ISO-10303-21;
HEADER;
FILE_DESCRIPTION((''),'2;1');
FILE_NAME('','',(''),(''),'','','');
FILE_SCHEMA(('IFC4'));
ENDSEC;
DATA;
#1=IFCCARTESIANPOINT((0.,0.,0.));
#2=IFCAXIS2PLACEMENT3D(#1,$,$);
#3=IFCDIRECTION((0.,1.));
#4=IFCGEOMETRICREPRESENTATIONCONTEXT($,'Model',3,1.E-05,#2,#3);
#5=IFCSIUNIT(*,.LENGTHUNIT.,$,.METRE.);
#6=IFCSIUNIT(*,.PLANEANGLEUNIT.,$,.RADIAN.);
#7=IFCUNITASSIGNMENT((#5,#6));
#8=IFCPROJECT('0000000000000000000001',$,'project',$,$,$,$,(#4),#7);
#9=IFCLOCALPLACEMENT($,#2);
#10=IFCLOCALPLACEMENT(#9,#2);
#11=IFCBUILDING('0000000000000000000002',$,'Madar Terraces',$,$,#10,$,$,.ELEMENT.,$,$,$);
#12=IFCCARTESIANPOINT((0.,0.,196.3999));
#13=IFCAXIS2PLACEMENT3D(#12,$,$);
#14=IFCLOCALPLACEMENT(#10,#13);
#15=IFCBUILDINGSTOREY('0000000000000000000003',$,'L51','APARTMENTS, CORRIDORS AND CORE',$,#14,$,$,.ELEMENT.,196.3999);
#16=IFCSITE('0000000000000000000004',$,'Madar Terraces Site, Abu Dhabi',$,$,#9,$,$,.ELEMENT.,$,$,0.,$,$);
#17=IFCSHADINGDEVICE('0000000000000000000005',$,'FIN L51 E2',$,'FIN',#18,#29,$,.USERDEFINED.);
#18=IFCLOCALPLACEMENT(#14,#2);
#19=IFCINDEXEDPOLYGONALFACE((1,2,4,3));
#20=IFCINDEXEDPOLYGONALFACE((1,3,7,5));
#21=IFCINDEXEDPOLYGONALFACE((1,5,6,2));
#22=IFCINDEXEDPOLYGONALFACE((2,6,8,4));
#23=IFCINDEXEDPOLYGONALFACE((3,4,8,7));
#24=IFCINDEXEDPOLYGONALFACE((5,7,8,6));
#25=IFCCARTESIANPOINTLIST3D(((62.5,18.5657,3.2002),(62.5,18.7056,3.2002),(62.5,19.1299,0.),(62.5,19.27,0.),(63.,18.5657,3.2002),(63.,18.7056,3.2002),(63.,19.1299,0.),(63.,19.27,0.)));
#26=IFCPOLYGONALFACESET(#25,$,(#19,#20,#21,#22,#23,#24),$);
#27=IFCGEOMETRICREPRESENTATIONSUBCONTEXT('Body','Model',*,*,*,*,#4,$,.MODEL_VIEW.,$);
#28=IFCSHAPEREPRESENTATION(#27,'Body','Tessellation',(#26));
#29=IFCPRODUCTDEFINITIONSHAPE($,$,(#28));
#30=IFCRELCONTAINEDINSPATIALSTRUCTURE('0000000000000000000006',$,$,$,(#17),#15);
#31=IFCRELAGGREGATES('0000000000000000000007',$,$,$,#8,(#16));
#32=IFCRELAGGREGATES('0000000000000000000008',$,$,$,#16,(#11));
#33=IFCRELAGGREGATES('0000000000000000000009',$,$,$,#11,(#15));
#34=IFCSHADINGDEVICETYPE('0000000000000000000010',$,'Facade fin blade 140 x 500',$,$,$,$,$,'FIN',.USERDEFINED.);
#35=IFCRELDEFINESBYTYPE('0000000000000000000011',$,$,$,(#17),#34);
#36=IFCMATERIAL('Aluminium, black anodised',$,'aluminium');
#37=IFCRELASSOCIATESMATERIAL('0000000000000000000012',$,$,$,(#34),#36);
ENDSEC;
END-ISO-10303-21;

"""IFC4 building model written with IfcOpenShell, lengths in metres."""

from ifc_helpers import new_model, si_unit, direction, frame, origin, place, context, subcontext, project, spatial, polyline, outline, extrude, material, type_object, element, save


model = new_model("IFC4")

# Units and contexts
model_context = context("Model", 3, precision=1e-05, world=origin(), true_north=direction((0.0, 1.0)))
body_context = subcontext(model_context, "Body", "Model", "MODEL_VIEW")
ifc_project = project(units=[si_unit("LENGTHUNIT", "METRE"), si_unit("PLANEANGLEUNIT", "RADIAN")], contexts=[model_context])

# Site, building, storey
site_placement = place(None, origin())
site = spatial("IfcSite", under=ifc_project, at=site_placement, Name="Madar Terraces Site, Abu Dhabi", CompositionType="ELEMENT", RefElevation=0.0)
building_placement = place(site_placement, origin())
building = spatial("IfcBuilding", under=site, at=building_placement, Name="Madar Terraces", CompositionType="ELEMENT")
storey_placement = place(building_placement, frame((0.0, 0.0, 196.3999)))
storey = spatial("IfcBuildingStorey", under=building, at=storey_placement, Name="L51", Description="APARTMENTS, CORRIDORS AND CORE", CompositionType="ELEMENT", Elevation=196.3999)

# Shading device
ifc_material_1 = material(Name="Aluminium, black anodised", Category="aluminium")
shading_device_type = type_object("IfcShadingDeviceType", Name="Facade fin blade 140 x 500", ElementType="FIN", PredefinedType="USERDEFINED", material=ifc_material_1)
shading_device_1_placement = place(storey_placement, frame((62.75, 19.1299, 0.0), z_axis=(0.0, 0.0, 1.0), x_axis=(0.0, 1.0, 0.0)))
element("IfcShadingDevice", 1, at=shading_device_1_placement, inside=storey, type_object=shading_device_type, Name="FIN L51 E2", ObjectType="FIN", PredefinedType="USERDEFINED", context=body_context, shape_type="SweptSolid", body=[
    extrude(outline(polyline([(0.0, 0.0), (0.1401, 0.0), (-0.4243, 3.2002), (-0.5642, 3.2002), (0.0, 0.0)])), frame((0.0, 0.25, 0.0), z_axis=(0.0, -1.0, 0.0), x_axis=(1.0, 0.0, 0.0)), (0.0, 0.0, 1.0), 0.5),
])

save(model, "model.ifc")
